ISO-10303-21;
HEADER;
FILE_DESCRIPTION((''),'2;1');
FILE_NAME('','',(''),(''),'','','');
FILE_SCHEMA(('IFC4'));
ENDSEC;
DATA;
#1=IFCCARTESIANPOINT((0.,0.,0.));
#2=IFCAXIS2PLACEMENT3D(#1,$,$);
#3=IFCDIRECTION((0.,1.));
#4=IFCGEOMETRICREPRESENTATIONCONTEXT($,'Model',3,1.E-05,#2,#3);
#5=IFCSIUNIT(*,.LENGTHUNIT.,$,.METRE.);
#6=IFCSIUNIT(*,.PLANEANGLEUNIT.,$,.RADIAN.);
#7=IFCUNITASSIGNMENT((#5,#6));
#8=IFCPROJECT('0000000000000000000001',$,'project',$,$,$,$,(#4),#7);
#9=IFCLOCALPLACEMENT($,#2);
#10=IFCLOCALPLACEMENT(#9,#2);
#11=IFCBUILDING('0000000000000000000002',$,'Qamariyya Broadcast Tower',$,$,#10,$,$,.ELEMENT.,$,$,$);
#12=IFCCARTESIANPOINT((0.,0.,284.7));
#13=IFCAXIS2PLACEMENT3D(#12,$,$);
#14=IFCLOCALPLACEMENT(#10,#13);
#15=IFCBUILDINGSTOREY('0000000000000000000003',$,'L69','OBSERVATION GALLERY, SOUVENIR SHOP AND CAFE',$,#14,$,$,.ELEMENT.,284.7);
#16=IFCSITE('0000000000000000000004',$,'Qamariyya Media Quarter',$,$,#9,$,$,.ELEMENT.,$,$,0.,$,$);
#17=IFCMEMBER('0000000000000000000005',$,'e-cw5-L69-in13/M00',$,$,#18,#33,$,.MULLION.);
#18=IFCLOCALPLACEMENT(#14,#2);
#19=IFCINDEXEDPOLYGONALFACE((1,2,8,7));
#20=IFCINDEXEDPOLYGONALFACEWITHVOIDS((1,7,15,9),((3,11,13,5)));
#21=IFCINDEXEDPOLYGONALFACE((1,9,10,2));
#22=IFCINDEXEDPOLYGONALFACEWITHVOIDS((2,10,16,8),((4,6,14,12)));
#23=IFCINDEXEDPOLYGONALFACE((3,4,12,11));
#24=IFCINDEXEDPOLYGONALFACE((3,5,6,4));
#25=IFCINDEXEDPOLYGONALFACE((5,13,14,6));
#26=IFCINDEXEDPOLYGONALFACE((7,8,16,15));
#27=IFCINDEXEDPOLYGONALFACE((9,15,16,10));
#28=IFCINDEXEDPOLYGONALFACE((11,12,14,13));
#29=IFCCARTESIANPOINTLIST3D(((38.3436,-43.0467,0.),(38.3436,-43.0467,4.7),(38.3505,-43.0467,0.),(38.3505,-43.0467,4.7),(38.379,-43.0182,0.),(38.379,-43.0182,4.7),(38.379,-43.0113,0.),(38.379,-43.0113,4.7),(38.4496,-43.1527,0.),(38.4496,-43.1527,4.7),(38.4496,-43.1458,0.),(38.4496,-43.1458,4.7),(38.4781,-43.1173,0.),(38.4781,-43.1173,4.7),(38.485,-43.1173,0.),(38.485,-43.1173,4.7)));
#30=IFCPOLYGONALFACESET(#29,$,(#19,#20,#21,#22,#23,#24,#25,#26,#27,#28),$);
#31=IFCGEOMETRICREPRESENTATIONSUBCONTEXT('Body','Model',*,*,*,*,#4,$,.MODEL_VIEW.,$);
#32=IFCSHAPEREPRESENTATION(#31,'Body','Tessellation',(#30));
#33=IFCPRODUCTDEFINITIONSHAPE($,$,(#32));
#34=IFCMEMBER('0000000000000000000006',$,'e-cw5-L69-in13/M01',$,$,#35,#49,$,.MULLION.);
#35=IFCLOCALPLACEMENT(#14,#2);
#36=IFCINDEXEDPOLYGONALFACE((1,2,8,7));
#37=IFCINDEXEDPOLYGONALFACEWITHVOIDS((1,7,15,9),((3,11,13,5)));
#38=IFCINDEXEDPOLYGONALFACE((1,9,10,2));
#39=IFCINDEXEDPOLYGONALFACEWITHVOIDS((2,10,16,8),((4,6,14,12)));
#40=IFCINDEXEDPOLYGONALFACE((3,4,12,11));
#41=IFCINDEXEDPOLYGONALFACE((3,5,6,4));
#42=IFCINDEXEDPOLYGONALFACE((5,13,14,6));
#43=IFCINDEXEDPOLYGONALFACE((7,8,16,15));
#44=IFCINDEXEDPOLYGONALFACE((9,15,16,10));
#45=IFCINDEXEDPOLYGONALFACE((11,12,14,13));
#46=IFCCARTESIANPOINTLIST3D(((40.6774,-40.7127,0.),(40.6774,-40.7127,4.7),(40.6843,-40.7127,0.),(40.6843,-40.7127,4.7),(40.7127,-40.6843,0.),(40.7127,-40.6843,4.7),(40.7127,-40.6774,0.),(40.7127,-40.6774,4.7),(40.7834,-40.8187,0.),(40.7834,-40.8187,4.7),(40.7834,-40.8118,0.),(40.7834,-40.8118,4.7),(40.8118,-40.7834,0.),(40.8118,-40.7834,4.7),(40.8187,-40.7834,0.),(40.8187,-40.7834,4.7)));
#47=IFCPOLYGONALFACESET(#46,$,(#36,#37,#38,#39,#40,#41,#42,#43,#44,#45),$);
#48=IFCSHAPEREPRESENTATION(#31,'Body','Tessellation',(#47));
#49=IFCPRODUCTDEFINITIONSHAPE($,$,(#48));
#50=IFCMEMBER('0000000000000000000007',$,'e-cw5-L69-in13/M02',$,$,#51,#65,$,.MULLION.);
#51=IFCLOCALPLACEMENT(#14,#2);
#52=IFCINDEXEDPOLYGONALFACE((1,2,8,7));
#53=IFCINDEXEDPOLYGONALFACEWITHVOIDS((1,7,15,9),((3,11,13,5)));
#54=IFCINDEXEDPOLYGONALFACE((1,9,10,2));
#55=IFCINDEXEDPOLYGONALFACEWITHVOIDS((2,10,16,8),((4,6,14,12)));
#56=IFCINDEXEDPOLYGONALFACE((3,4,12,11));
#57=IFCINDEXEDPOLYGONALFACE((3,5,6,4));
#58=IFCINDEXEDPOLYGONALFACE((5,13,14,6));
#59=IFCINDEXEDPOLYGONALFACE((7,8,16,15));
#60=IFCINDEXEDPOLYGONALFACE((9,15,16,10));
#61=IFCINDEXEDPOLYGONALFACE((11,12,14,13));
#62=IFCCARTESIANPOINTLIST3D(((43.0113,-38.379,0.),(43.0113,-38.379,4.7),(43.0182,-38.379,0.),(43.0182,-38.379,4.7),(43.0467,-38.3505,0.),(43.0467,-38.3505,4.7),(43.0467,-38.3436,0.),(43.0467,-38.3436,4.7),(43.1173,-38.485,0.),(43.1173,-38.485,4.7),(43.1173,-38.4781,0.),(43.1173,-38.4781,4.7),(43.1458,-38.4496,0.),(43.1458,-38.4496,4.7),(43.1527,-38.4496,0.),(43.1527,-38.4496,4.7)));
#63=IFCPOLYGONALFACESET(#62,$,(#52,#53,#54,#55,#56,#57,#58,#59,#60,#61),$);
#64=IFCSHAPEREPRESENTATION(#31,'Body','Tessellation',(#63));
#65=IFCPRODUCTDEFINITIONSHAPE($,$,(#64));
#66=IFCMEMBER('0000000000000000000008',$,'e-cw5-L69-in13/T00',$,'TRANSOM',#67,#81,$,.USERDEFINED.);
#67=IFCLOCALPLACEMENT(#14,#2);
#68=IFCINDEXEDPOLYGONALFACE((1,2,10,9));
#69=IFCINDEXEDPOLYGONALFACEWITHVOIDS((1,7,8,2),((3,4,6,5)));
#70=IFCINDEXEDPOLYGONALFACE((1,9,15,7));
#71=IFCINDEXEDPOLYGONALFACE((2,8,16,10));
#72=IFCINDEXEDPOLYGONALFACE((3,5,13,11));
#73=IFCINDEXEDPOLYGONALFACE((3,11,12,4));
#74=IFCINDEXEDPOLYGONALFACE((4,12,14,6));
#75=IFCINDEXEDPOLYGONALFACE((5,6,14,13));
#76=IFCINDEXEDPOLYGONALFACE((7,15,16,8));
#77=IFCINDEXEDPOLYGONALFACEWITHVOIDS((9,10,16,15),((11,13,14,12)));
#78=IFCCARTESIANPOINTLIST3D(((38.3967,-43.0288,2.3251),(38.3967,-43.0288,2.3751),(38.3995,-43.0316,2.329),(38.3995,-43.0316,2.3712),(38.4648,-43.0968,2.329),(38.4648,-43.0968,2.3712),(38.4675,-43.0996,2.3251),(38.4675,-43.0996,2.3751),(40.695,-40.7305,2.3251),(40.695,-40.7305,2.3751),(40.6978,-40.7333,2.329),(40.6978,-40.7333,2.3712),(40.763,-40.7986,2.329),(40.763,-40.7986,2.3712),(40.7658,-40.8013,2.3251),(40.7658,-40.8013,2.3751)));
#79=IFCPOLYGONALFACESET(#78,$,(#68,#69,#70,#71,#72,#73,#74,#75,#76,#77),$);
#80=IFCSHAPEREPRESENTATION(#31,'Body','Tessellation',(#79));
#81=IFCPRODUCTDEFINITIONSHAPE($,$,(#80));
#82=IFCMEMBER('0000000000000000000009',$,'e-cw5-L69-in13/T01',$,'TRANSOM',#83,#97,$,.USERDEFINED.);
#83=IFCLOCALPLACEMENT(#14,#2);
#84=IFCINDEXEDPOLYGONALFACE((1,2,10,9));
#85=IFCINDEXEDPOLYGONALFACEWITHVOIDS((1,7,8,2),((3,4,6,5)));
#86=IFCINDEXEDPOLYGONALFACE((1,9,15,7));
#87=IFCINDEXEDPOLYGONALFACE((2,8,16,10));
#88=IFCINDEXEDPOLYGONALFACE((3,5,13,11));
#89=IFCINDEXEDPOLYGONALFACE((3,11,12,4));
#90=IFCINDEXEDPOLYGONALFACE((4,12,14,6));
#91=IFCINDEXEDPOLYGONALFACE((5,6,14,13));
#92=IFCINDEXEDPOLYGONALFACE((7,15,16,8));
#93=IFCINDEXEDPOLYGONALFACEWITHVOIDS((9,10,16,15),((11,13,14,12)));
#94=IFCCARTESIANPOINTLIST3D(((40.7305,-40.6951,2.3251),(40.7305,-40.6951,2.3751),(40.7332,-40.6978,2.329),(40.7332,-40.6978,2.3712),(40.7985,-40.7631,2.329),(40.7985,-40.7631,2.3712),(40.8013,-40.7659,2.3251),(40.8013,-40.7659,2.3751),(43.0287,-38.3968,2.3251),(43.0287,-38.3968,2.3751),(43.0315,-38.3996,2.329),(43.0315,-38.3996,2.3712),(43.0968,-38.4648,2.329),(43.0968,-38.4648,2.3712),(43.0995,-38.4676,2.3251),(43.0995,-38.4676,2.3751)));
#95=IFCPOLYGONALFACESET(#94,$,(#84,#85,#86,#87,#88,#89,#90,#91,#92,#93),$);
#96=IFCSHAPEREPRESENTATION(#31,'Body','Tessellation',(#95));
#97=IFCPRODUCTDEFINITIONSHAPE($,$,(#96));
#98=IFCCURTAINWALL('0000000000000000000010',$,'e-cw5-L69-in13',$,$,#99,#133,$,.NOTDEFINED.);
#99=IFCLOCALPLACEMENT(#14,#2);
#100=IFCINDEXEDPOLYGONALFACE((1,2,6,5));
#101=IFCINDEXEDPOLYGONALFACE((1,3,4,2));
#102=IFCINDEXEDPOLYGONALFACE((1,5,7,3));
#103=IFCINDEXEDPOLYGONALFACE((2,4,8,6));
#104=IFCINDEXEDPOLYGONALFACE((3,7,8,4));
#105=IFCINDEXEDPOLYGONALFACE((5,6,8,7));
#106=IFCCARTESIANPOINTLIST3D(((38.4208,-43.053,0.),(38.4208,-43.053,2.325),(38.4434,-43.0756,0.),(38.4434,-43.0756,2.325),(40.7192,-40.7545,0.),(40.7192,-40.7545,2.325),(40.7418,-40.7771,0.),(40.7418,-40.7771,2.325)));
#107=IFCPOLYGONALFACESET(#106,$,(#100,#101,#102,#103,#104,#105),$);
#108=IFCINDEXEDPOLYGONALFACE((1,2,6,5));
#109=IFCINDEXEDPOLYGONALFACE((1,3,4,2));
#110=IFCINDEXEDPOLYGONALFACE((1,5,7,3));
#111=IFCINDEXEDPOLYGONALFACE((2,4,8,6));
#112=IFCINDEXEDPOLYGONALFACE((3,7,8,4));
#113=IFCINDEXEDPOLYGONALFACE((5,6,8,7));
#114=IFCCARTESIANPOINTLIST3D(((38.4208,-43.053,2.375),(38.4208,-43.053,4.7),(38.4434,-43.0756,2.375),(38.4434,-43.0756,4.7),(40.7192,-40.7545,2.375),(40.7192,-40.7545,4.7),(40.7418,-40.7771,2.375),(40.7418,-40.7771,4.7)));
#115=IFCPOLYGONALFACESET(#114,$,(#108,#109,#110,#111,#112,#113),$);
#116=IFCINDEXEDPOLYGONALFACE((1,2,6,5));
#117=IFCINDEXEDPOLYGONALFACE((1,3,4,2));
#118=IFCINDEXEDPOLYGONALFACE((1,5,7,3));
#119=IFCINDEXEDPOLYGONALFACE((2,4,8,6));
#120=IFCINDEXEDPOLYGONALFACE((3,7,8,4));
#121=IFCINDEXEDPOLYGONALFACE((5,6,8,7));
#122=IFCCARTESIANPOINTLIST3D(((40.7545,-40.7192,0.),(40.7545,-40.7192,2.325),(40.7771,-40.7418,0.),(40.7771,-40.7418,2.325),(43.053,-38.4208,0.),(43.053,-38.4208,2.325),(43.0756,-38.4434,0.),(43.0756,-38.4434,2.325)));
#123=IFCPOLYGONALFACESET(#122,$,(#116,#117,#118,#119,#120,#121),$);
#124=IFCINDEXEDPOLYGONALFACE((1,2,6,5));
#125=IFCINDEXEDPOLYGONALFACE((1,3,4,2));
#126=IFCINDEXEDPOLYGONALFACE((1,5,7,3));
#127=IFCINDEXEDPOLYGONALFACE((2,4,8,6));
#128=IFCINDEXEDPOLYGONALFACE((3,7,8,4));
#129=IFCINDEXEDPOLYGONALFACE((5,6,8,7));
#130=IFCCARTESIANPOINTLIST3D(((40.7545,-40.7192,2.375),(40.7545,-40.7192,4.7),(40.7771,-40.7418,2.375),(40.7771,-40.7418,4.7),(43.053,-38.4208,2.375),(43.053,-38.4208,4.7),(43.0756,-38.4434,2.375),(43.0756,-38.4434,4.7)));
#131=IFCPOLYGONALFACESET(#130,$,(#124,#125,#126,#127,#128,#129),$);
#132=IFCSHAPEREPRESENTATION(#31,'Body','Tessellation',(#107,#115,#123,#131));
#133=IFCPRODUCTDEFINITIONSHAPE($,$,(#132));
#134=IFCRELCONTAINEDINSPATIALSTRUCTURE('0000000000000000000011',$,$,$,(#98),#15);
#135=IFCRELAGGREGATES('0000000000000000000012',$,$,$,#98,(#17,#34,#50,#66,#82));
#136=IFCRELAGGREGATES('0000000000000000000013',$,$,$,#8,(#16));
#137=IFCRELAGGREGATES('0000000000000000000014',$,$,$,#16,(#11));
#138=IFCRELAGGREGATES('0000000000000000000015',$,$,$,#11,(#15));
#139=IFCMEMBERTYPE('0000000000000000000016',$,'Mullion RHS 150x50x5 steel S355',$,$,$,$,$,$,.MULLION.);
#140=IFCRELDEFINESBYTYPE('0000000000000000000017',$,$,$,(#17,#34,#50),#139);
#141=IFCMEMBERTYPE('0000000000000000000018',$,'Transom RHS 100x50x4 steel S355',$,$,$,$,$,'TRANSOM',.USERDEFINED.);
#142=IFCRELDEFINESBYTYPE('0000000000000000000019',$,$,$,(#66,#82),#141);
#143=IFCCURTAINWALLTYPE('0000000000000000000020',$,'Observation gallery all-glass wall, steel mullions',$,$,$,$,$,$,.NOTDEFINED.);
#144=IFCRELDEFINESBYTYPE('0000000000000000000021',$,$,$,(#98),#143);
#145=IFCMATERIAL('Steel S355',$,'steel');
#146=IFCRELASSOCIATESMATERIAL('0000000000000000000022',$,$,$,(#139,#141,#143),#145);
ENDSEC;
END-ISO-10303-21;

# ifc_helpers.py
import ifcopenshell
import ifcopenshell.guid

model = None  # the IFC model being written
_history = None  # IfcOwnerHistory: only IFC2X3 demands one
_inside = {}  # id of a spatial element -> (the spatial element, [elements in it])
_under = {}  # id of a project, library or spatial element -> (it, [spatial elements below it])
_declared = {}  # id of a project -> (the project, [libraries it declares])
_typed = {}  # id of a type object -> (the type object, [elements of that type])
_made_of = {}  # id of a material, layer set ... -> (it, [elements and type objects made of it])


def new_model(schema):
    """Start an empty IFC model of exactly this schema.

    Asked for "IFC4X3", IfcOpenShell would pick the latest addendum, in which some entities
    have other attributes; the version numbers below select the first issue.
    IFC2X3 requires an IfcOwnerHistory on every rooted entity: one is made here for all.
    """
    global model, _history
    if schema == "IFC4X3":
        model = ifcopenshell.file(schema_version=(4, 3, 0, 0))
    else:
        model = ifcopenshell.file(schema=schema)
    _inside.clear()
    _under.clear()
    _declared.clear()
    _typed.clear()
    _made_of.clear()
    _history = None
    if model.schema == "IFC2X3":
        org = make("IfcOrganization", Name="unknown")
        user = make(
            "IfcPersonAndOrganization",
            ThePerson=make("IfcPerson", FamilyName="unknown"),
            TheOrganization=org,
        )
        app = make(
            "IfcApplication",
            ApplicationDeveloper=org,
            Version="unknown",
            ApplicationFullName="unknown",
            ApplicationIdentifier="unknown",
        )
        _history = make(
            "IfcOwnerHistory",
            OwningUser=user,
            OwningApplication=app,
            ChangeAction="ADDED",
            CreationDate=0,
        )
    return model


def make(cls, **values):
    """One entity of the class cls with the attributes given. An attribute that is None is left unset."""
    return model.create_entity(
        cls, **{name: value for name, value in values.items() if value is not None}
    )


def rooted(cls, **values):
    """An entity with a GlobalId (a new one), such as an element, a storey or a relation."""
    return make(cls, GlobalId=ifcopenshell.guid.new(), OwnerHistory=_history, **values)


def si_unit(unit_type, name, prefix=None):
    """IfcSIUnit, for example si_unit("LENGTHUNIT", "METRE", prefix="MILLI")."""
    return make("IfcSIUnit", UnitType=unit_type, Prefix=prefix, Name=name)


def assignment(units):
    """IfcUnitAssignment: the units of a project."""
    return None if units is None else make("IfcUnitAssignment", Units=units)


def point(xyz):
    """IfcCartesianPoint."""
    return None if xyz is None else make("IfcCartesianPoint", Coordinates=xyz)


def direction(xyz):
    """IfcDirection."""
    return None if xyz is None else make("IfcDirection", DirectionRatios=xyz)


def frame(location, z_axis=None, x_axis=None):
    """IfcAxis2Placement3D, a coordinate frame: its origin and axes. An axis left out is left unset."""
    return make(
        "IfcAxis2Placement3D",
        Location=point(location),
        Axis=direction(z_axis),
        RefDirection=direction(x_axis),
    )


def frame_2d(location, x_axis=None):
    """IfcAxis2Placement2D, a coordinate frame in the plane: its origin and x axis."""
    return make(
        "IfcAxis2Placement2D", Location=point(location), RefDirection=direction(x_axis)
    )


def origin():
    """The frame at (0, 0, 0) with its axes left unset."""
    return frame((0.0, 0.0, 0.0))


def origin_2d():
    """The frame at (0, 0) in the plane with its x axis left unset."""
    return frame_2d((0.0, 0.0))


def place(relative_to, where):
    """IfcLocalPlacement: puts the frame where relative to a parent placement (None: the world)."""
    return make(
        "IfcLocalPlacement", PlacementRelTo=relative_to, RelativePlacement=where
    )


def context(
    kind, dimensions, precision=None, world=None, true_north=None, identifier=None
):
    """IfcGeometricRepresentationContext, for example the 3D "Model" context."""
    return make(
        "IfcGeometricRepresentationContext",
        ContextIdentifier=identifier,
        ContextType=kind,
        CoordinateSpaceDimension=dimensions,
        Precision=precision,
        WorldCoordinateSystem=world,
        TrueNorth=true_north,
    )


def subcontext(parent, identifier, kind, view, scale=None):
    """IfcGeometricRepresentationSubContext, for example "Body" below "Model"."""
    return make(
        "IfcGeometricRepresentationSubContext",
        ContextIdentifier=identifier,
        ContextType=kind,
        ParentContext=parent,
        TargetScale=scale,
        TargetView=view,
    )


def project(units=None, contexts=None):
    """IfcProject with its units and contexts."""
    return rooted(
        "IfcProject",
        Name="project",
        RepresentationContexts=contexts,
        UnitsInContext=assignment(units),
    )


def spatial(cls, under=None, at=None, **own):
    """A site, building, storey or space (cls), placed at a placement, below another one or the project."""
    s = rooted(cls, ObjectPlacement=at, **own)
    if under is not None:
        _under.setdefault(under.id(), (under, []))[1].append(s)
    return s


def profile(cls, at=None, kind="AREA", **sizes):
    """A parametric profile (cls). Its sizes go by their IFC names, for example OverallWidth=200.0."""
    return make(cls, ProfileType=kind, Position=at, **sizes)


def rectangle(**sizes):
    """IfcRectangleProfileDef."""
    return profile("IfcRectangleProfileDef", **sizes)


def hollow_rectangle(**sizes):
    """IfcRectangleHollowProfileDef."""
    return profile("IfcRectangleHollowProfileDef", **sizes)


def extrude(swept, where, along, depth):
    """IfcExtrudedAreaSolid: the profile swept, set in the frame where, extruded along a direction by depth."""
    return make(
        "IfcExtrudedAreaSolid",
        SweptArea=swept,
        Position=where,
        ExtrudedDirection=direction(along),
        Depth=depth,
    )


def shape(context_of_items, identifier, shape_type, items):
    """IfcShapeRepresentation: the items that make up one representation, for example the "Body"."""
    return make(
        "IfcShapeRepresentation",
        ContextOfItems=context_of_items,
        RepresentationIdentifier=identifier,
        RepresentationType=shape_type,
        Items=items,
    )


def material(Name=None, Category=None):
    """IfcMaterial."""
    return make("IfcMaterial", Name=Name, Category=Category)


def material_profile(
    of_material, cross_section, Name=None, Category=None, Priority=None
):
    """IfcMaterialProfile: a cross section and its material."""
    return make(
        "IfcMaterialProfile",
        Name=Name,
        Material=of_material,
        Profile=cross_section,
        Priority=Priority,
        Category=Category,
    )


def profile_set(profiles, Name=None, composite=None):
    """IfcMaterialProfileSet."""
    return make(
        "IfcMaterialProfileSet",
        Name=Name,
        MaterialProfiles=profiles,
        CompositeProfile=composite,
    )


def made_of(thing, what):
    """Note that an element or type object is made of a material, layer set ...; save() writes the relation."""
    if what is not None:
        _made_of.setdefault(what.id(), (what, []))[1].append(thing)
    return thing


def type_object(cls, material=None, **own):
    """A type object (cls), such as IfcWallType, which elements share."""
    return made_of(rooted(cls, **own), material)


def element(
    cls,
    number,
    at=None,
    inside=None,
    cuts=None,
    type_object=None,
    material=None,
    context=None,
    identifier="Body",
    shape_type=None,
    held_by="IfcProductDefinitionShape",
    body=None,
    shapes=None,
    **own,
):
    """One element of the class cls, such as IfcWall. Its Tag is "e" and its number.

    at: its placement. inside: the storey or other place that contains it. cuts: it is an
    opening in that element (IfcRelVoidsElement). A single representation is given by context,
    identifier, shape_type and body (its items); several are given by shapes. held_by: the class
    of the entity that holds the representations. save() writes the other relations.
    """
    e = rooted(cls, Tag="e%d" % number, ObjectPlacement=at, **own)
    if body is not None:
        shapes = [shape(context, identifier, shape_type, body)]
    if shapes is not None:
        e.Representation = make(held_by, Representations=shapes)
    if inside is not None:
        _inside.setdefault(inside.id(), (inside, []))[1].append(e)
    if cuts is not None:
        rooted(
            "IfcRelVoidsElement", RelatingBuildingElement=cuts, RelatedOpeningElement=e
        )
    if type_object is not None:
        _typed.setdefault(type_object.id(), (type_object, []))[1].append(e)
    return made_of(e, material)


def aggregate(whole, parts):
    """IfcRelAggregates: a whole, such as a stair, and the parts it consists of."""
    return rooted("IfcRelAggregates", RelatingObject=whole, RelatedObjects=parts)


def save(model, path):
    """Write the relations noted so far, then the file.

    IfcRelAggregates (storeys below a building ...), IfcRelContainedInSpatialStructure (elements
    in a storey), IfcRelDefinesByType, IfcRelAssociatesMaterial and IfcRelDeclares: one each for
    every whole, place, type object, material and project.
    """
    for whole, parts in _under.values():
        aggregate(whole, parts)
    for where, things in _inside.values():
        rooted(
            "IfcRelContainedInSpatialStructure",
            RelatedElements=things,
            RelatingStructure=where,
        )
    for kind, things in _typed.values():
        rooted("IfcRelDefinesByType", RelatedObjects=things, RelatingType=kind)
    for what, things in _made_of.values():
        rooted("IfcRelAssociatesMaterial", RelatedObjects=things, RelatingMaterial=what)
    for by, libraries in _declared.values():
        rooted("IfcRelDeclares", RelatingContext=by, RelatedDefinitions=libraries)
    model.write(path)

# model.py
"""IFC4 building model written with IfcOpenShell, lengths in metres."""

from ifc_helpers import new_model, si_unit, direction, frame, origin, origin_2d, place, context, subcontext, project, spatial, rectangle, hollow_rectangle, extrude, material, material_profile, profile_set, type_object, element, aggregate, save


model = new_model("IFC4")

# Units and contexts
model_context = context("Model", 3, precision=1e-05, world=origin(), true_north=direction((0.0, 1.0)))
body_context = subcontext(model_context, "Body", "Model", "MODEL_VIEW")
ifc_project = project(units=[si_unit("LENGTHUNIT", "METRE"), si_unit("PLANEANGLEUNIT", "RADIAN")], contexts=[model_context])

# Members
ifc_material = material(Name="Steel S355", Category="steel")
ifc_material_profile_1 = material_profile(ifc_material, hollow_rectangle(XDim=0.1499, YDim=0.05, WallThickness=0.0049, at=origin_2d()))
ifc_profile_set_1 = profile_set([ifc_material_profile_1], Name="Steel S355")
member_type_1 = type_object("IfcMemberType", Name="Mullion RHS 150x50x5 steel S355", PredefinedType="MULLION", material=ifc_profile_set_1)
site_placement = place(None, origin())
building_placement = place(site_placement, origin())
storey_placement = place(building_placement, frame((0.0, 0.0, 284.7)))
member_1_placement = place(storey_placement, frame((38.4143, -43.082, 0.0), z_axis=(0.0, 0.0, 1.0), x_axis=(-0.707107, 0.707107, 0.0)))
member_1 = element("IfcMember", 1, at=member_1_placement, type_object=member_type_1, Name="e-cw5-L69-in13/M00", PredefinedType="MULLION", context=body_context, shape_type="SweptSolid", body=[
    extrude(hollow_rectangle(XDim=0.1499, YDim=0.05, WallThickness=0.0049, at=origin_2d()), origin(), (0.0, 0.0, 1.0), 4.7),
])
member_2_placement = place(storey_placement, frame((40.748, -40.748, 0.0), z_axis=(0.0, 0.0, 1.0), x_axis=(-0.707107, 0.707107, 0.0)))
member_2 = element("IfcMember", 2, at=member_2_placement, type_object=member_type_1, Name="e-cw5-L69-in13/M01", PredefinedType="MULLION", context=body_context, shape_type="SweptSolid", body=[
    extrude(hollow_rectangle(XDim=0.1499, YDim=0.05, WallThickness=0.0049, at=origin_2d()), origin(), (0.0, 0.0, 1.0), 4.7),
])
member_3_placement = place(storey_placement, frame((43.082, -38.4143, 0.0), z_axis=(0.0, 0.0, 1.0), x_axis=(-0.707107, 0.707107, 0.0)))
member_3 = element("IfcMember", 3, at=member_3_placement, type_object=member_type_1, Name="e-cw5-L69-in13/M02", PredefinedType="MULLION", context=body_context, shape_type="SweptSolid", body=[
    extrude(hollow_rectangle(XDim=0.1499, YDim=0.05, WallThickness=0.0049, at=origin_2d()), origin(), (0.0, 0.0, 1.0), 4.7),
])
ifc_material_profile_2 = material_profile(ifc_material, hollow_rectangle(XDim=0.1001, YDim=0.05, WallThickness=0.0039, at=origin_2d()))
ifc_profile_set_2 = profile_set([ifc_material_profile_2], Name="Steel S355")
member_type_2 = type_object("IfcMemberType", Name="Transom RHS 100x50x4 steel S355", ElementType="TRANSOM", PredefinedType="USERDEFINED", material=ifc_profile_set_2)
member_4_placement = place(storey_placement, frame((38.4321, -43.0642, 2.3501), z_axis=(0.707107, 0.707107, 0.0), x_axis=(-0.707107, 0.707107, 0.0)))
member_4 = element("IfcMember", 4, at=member_4_placement, type_object=member_type_2, Name="e-cw5-L69-in13/T00", ObjectType="TRANSOM", PredefinedType="USERDEFINED", context=body_context, shape_type="SweptSolid", body=[
    extrude(hollow_rectangle(XDim=0.1001, YDim=0.05, WallThickness=0.0039, at=origin_2d()), origin(), (0.0, 0.0, 1.0), 3.2502),
])
member_5_placement = place(storey_placement, frame((40.7659, -40.7305, 2.3501), z_axis=(0.707107, 0.707107, 0.0), x_axis=(-0.707107, 0.707107, 0.0)))
member_5 = element("IfcMember", 5, at=member_5_placement, type_object=member_type_2, Name="e-cw5-L69-in13/T01", ObjectType="TRANSOM", PredefinedType="USERDEFINED", context=body_context, shape_type="SweptSolid", body=[
    extrude(hollow_rectangle(XDim=0.1001, YDim=0.05, WallThickness=0.0039, at=origin_2d()), origin(), (0.0, 0.0, 1.0), 3.2502),
])

# Site, building, storey
site = spatial("IfcSite", under=ifc_project, at=site_placement, Name="Qamariyya Media Quarter", CompositionType="ELEMENT", RefElevation=0.0)
building = spatial("IfcBuilding", under=site, at=building_placement, Name="Qamariyya Broadcast Tower", CompositionType="ELEMENT")
storey = spatial("IfcBuildingStorey", under=building, at=storey_placement, Name="L69", Description="OBSERVATION GALLERY, SOUVENIR SHOP AND CAFE", CompositionType="ELEMENT", Elevation=284.7)

# Curtain wall
curtain_wall_type = type_object("IfcCurtainWallType", Name="Observation gallery all-glass wall, steel mullions", PredefinedType="NOTDEFINED", material=ifc_material)
curtain_wall_1_placement = place(storey_placement, origin())
curtain_wall_1 = element("IfcCurtainWall", 6, at=curtain_wall_1_placement, inside=storey, type_object=curtain_wall_type, Name="e-cw5-L69-in13", PredefinedType="NOTDEFINED", context=body_context, shape_type="SweptSolid", body=[
    extrude(rectangle(XDim=3.2505, YDim=0.032, at=origin_2d()), frame((39.5813, -41.915, 0.0), x_axis=(0.707107, 0.707107, 0.0)), (0.0, 0.0, 1.0), 2.325),
    extrude(rectangle(XDim=3.2505, YDim=0.032, at=origin_2d()), frame((39.5813, -41.915, 2.375), x_axis=(0.707107, 0.707107, 0.0)), (0.0, 0.0, 1.0), 2.325),
    extrude(rectangle(XDim=3.2505, YDim=0.032, at=origin_2d()), frame((41.915, -39.5813, 0.0), x_axis=(0.707107, 0.707107, 0.0)), (0.0, 0.0, 1.0), 2.325),
    extrude(rectangle(XDim=3.2505, YDim=0.032, at=origin_2d()), frame((41.915, -39.5813, 2.375), x_axis=(0.707107, 0.707107, 0.0)), (0.0, 0.0, 1.0), 2.325),
])
aggregate(curtain_wall_1, [member_1, member_2, member_3, member_4, member_5])

save(model, "model.ifc")
